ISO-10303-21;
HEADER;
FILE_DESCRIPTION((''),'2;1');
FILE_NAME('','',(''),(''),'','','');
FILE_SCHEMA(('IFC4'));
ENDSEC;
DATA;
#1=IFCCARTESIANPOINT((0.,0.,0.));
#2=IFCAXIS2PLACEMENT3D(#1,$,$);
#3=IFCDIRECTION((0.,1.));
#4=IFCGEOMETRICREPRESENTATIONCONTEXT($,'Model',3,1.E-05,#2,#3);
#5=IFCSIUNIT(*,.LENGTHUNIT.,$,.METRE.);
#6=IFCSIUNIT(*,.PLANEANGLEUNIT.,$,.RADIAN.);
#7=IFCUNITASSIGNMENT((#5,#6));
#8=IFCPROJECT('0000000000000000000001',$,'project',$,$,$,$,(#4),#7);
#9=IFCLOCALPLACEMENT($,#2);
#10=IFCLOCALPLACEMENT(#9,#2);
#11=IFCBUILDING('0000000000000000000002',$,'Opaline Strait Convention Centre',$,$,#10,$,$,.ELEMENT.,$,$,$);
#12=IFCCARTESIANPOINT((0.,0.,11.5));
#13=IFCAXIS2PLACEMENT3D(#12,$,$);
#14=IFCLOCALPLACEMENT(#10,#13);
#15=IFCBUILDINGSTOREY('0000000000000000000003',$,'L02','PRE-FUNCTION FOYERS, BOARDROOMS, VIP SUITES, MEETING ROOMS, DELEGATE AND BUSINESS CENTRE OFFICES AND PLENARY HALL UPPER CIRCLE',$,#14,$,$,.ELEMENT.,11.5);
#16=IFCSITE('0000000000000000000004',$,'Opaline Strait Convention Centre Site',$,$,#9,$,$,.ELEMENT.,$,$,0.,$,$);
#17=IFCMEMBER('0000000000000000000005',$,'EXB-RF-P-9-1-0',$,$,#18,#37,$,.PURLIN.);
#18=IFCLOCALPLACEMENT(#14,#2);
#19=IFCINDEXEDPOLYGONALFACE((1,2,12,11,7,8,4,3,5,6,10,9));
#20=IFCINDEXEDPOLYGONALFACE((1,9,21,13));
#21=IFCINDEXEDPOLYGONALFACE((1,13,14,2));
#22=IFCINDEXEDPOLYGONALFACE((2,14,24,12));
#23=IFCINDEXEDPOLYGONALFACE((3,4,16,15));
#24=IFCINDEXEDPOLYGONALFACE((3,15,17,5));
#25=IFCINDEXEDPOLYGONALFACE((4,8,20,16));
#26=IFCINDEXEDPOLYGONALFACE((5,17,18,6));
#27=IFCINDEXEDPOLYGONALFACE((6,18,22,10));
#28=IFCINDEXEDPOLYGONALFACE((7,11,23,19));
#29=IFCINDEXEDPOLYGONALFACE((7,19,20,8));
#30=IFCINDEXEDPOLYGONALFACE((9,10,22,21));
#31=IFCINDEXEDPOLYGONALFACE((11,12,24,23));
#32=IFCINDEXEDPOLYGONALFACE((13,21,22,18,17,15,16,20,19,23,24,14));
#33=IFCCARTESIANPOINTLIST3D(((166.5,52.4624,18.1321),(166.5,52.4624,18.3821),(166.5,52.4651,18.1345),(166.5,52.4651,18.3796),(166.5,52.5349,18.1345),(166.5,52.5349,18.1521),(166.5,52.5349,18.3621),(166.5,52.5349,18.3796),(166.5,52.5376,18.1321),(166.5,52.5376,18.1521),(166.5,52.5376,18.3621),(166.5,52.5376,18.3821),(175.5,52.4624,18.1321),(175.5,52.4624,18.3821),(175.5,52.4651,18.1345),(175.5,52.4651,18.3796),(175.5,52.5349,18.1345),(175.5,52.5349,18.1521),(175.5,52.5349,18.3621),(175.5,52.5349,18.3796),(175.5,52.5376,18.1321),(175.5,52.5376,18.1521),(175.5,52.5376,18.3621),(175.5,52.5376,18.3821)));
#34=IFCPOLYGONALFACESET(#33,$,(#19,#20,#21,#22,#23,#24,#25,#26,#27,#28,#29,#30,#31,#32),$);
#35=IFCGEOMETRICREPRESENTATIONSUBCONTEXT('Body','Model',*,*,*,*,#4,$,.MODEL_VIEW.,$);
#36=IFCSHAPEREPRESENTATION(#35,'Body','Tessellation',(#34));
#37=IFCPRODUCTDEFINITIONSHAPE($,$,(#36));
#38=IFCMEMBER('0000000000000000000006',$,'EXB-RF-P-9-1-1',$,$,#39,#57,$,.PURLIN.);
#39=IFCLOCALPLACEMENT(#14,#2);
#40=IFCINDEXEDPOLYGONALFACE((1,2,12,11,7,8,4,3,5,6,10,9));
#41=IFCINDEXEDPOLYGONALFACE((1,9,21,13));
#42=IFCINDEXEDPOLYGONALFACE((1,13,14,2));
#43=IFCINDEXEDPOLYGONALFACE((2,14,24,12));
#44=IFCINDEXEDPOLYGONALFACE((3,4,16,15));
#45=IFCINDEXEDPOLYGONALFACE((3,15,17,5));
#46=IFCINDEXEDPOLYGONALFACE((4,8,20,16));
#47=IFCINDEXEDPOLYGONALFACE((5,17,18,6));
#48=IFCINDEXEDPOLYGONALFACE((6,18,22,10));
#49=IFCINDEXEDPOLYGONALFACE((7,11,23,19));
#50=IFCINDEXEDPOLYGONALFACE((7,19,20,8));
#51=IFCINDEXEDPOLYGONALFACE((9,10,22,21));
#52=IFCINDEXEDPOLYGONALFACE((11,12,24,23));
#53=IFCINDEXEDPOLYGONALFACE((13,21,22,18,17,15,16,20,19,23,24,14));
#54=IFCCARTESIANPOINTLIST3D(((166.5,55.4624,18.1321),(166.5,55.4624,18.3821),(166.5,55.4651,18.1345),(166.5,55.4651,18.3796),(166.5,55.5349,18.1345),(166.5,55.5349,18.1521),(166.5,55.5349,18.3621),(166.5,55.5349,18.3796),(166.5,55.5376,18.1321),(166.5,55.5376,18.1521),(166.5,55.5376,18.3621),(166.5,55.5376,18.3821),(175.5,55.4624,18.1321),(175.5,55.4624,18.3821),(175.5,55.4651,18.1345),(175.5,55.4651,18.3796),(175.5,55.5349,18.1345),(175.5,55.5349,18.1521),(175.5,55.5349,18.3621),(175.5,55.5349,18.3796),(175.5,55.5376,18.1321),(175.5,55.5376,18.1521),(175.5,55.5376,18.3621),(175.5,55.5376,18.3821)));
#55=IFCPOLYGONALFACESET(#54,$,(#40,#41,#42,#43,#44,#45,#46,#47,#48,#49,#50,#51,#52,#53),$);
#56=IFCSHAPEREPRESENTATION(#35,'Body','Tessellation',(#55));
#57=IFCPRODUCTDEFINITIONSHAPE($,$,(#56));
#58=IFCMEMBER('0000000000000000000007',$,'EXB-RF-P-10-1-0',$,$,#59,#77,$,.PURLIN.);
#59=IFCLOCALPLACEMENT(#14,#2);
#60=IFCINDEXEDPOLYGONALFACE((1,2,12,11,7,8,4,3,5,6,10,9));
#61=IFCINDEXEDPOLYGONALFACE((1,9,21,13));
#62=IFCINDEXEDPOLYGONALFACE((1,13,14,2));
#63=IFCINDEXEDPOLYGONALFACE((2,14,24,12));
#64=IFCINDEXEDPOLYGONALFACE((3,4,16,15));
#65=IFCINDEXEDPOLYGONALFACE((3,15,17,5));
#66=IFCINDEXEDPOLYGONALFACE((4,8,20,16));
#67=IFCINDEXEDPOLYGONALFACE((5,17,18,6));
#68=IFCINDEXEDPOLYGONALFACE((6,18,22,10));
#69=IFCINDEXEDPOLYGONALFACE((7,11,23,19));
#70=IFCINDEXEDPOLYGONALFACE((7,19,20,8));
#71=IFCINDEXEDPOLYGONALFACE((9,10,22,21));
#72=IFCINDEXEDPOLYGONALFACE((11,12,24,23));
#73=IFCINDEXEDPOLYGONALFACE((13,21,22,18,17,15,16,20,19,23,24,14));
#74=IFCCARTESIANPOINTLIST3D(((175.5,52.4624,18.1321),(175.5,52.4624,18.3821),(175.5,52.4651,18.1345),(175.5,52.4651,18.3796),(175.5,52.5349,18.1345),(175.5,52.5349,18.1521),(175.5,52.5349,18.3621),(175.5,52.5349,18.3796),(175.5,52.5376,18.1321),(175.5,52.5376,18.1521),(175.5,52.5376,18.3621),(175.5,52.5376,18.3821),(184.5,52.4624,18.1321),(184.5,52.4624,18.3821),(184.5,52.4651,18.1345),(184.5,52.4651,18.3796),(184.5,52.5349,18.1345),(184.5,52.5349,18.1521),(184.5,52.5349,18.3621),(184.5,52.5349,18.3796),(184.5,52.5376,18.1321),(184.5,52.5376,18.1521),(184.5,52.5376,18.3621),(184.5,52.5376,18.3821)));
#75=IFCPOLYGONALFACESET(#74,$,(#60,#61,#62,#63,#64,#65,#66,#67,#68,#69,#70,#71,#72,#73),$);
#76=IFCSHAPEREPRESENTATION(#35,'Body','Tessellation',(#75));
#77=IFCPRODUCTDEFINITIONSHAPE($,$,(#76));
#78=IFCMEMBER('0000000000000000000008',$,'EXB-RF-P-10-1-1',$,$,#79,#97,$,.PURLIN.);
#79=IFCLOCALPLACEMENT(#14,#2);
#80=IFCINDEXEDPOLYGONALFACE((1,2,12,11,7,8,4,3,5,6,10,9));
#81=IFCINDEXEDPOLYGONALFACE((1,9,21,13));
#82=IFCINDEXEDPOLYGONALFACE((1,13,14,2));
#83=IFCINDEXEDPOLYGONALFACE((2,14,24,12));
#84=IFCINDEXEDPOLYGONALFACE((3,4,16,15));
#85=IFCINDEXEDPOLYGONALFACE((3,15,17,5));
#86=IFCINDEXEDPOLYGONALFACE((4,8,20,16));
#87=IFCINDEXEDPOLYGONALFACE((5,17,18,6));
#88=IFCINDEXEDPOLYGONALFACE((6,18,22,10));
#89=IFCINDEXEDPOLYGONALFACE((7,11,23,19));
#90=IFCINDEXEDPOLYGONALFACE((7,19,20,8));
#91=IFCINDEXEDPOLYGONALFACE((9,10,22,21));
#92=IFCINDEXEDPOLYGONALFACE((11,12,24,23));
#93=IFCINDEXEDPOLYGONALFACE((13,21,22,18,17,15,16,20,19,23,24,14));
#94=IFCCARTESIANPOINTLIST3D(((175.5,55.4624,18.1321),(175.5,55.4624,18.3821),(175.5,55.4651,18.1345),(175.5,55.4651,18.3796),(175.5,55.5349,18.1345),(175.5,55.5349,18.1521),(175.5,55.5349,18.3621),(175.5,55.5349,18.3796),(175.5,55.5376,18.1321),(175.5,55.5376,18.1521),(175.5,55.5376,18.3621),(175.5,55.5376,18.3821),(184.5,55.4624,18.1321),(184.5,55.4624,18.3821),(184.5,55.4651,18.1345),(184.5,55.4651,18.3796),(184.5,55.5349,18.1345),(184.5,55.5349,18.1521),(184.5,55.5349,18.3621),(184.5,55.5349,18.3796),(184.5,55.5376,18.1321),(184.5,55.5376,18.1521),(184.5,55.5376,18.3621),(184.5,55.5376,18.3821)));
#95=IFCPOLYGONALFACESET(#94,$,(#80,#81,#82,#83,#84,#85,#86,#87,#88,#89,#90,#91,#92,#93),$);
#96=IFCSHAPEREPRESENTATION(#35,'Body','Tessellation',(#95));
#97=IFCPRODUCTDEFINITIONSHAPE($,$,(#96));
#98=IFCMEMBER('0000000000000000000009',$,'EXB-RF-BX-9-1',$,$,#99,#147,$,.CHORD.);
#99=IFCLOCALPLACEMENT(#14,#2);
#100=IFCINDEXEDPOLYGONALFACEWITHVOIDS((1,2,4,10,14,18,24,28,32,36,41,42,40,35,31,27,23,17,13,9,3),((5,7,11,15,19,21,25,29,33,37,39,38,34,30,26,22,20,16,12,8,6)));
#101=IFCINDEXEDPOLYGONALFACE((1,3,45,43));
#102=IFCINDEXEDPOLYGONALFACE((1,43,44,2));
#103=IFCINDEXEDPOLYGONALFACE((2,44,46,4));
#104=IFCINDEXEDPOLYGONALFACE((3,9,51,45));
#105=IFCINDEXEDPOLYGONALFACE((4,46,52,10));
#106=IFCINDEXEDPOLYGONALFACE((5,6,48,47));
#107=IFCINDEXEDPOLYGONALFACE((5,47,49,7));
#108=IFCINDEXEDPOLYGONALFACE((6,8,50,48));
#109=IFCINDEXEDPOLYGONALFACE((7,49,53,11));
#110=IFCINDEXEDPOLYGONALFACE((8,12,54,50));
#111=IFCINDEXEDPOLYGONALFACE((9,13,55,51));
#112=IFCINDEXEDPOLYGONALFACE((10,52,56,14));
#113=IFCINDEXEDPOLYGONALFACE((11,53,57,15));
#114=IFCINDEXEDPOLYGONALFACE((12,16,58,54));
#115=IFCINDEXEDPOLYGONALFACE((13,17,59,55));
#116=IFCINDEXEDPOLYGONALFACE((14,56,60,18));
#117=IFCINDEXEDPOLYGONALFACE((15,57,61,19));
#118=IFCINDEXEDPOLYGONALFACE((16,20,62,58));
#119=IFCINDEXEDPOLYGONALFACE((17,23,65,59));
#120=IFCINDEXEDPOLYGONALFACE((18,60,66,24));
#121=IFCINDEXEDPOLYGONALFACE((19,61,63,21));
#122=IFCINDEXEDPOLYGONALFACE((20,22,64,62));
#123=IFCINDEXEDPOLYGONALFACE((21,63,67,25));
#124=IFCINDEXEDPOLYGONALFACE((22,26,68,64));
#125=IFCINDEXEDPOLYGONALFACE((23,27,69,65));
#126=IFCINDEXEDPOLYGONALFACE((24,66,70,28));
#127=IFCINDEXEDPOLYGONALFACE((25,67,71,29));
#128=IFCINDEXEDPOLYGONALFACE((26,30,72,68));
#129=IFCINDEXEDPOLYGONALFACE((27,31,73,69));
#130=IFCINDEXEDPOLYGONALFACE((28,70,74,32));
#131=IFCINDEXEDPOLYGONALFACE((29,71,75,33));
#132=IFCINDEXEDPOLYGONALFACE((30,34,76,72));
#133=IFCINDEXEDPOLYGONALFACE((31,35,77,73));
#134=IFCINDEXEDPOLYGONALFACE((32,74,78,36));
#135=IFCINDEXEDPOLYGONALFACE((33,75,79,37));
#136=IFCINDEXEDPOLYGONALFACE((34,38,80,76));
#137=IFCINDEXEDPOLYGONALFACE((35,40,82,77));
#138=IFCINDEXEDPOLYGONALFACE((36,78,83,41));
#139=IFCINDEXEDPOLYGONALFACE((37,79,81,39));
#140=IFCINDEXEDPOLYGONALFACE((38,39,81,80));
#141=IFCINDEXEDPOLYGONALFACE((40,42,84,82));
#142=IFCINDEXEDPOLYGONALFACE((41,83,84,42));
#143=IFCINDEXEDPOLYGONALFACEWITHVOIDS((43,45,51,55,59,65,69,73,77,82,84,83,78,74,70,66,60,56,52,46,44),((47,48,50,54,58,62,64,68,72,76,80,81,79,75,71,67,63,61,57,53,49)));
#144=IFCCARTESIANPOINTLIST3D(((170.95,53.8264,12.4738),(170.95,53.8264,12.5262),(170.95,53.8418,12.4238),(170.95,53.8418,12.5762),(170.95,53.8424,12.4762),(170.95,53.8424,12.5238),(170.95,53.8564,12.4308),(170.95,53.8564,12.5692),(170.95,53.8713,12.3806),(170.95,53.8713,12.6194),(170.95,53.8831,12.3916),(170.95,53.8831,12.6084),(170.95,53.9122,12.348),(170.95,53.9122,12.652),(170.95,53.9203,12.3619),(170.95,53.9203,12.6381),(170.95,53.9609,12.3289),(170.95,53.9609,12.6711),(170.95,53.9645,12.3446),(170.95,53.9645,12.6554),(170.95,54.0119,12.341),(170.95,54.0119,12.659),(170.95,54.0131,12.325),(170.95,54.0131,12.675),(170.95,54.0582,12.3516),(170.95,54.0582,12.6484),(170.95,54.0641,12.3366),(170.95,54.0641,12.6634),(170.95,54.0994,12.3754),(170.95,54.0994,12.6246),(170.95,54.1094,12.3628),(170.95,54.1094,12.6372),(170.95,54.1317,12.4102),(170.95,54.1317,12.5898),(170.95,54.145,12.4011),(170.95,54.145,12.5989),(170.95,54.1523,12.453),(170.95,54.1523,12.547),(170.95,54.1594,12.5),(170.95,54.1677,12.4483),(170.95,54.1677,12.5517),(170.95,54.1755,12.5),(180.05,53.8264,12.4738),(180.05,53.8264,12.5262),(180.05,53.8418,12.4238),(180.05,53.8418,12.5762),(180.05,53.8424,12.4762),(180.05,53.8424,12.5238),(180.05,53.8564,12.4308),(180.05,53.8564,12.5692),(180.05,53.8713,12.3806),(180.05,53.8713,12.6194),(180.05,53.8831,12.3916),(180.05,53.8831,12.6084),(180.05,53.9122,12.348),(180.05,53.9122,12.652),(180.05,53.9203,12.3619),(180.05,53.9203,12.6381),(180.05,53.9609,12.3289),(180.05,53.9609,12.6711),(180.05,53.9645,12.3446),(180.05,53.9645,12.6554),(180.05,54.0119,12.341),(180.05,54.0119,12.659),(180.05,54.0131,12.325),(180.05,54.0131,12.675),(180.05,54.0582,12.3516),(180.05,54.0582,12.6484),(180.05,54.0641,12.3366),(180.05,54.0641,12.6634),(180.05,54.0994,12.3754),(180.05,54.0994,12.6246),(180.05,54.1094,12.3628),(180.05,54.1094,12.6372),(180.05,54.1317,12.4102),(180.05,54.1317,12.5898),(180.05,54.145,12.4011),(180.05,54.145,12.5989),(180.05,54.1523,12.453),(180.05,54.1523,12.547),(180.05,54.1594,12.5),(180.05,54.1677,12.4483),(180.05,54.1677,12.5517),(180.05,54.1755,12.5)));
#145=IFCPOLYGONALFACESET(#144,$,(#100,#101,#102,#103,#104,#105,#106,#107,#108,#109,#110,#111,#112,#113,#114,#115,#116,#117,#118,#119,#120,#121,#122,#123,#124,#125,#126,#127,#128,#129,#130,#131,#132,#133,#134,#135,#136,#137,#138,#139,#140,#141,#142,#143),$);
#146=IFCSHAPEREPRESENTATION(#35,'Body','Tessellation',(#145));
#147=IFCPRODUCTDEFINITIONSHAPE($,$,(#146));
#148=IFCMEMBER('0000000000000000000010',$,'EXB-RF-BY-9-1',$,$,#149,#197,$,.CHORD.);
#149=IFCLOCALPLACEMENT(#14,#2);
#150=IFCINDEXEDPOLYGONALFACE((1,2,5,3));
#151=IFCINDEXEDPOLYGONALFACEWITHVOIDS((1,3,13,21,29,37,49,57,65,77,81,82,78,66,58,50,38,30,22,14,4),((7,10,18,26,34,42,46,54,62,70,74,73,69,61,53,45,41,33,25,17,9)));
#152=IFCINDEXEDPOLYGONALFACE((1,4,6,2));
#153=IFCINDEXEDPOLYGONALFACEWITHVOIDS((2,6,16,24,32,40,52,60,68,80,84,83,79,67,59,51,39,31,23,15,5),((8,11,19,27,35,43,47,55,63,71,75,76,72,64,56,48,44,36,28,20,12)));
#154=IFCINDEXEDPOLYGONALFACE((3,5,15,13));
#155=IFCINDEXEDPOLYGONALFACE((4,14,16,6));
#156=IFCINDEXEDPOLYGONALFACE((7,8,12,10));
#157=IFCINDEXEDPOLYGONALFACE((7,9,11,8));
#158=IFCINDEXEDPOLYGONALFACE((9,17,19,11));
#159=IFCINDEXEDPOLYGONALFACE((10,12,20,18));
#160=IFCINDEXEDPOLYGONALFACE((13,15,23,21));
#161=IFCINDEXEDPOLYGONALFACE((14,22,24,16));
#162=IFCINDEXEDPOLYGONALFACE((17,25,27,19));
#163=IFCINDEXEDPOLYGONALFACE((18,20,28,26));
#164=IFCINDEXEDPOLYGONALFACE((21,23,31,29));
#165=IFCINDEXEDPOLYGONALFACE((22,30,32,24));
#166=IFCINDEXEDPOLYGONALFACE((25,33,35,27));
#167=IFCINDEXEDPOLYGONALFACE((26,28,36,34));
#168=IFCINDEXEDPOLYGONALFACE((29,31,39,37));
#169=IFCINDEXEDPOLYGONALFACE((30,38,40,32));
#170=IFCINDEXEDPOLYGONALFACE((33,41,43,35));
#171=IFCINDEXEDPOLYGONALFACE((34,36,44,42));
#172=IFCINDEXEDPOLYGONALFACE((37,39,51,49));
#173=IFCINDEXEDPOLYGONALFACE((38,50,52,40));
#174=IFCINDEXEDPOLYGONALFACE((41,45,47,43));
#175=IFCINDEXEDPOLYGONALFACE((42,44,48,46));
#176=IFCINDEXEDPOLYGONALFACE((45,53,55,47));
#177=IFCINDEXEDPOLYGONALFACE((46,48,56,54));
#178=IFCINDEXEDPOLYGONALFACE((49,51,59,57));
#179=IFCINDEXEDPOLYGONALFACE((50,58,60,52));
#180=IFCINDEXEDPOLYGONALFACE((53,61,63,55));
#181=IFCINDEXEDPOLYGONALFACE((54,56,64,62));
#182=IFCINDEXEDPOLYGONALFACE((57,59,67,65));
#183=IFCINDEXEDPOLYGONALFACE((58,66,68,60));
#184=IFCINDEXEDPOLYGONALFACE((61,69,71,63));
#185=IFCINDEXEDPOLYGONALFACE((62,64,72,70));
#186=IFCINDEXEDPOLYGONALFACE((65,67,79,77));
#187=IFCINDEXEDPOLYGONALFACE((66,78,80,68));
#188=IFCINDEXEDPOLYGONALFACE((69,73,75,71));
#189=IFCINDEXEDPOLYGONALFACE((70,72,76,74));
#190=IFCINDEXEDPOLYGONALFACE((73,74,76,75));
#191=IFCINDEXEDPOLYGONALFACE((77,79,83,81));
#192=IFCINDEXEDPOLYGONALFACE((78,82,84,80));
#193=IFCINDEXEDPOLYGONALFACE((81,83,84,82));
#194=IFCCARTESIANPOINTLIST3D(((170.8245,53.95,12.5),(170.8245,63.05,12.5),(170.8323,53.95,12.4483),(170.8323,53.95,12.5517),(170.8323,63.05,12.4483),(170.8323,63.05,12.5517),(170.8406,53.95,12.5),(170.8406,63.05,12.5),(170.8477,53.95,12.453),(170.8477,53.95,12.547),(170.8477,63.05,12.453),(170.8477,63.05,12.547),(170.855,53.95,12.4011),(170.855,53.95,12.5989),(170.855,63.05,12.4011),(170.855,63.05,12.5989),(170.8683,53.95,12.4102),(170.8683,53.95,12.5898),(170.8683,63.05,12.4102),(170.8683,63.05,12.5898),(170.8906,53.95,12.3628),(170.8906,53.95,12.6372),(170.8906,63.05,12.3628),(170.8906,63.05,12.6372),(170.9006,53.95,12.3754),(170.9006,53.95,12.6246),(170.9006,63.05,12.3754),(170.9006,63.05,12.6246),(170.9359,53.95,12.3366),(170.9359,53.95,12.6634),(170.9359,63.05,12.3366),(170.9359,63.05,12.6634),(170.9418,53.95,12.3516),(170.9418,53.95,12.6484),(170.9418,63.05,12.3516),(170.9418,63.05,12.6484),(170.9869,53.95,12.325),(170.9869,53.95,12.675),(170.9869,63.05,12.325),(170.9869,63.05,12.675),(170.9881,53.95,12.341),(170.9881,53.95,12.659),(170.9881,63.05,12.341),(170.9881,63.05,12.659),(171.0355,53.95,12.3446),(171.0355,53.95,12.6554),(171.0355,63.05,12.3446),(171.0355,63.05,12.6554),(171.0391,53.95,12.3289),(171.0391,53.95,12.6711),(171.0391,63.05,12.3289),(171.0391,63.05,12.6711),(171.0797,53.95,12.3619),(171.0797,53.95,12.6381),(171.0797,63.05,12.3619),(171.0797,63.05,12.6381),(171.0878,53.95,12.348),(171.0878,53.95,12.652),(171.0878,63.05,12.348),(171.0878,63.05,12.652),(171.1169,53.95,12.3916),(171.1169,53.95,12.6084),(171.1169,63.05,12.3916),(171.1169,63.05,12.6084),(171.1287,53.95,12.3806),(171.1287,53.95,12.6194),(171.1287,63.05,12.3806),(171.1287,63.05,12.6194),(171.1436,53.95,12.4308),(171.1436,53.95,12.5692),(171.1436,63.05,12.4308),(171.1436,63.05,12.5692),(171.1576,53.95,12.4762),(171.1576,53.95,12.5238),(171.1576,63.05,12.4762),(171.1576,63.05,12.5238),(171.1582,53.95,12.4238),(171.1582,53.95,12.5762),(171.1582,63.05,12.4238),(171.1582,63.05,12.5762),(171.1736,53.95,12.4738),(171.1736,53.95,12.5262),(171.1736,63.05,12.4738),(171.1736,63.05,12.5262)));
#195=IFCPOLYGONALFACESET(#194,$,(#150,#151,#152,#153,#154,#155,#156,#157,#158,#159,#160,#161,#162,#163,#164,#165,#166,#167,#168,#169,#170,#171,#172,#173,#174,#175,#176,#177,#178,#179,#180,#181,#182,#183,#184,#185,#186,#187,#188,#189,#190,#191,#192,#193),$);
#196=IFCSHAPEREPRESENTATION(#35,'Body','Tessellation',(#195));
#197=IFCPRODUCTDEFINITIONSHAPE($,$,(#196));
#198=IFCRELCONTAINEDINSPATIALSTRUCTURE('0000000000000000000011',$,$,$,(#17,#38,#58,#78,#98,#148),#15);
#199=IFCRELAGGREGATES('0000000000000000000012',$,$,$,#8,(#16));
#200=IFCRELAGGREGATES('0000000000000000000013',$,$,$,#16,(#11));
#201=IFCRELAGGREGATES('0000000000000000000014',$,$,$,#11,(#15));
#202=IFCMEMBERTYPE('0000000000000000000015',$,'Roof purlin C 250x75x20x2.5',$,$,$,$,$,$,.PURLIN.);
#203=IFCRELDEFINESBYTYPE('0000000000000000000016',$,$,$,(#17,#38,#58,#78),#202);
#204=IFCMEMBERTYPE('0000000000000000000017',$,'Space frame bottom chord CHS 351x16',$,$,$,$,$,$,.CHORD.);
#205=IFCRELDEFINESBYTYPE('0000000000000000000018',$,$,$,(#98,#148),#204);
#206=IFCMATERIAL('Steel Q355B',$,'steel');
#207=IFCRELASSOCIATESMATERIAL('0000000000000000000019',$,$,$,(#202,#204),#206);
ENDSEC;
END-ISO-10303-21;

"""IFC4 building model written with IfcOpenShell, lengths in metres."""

from ifc_helpers import new_model, si_unit, direction, frame, origin, origin_2d, place, context, subcontext, project, spatial, polyline, hollow_circle, outline, extrude, material, material_profile, profile_set, type_object, element, save


model = new_model("IFC4")

# Units and contexts
model_context = context("Model", 3, precision=1e-05, world=origin(), true_north=direction((0.0, 1.0)))
body_context = subcontext(model_context, "Body", "Model", "MODEL_VIEW")
ifc_project = project(units=[si_unit("LENGTHUNIT", "METRE"), si_unit("PLANEANGLEUNIT", "RADIAN")], contexts=[model_context])

# Site, building, storey
site_placement = place(None, origin())
site = spatial("IfcSite", under=ifc_project, at=site_placement, Name="Opaline Strait Convention Centre Site", CompositionType="ELEMENT", RefElevation=0.0)
building_placement = place(site_placement, origin())
building = spatial("IfcBuilding", under=site, at=building_placement, Name="Opaline Strait Convention Centre", CompositionType="ELEMENT")
storey_placement = place(building_placement, frame((0.0, 0.0, 11.5)))
storey = spatial("IfcBuildingStorey", under=building, at=storey_placement, Name="L02", Description="PRE-FUNCTION FOYERS, BOARDROOMS, VIP SUITES, MEETING ROOMS, DELEGATE AND BUSINESS CENTRE OFFICES AND PLENARY HALL UPPER CIRCLE", CompositionType="ELEMENT", Elevation=11.5)

# Members
ifc_material_1 = material(Name="Steel Q355B", Category="steel")
ifc_material_profile_1 = material_profile(ifc_material_1, outline(polyline([(-0.0376, -0.125), (0.0376, -0.125), (0.0376, -0.105), (0.0349, -0.105), (0.0349, -0.1226), (-0.0349, -0.1226), (-0.0349, 0.1226), (0.0349, 0.1226), (0.0349, 0.105), (0.0376, 0.105), (0.0376, 0.125), (-0.0376, 0.125), (-0.0376, -0.125)])), Name="C 250x75x20x2.5")
ifc_profile_set_1 = profile_set([ifc_material_profile_1], Name="Steel Q355B")
member_type_1 = type_object("IfcMemberType", Name="Roof purlin C 250x75x20x2.5", PredefinedType="PURLIN", material=ifc_profile_set_1)
for number, where, z_axis, x_axis, name in (
    (1, (166.5, 52.5, 18.2571), (1.0, 0.0, 0.0), (0.0, 1.0, 0.0), "EXB-RF-P-9-1-0"),
    (2, (166.5, 55.5, 18.2571), (1.0, 0.0, 0.0), (0.0, 1.0, 0.0), "EXB-RF-P-9-1-1"),
    (3, (175.5, 52.5, 18.2571), (1.0, 0.0, 0.0), (0.0, 1.0, 0.0), "EXB-RF-P-10-1-0"),
    (4, (175.5, 55.5, 18.2571), (1.0, 0.0, 0.0), (0.0, 1.0, 0.0), "EXB-RF-P-10-1-1"),
):
    element("IfcMember", number, at=place(storey_placement, frame(where, z_axis=z_axis, x_axis=x_axis)), inside=storey, type_object=member_type_1, Name=name, PredefinedType="PURLIN", context=body_context, shape_type="SweptSolid", body=[
        extrude(outline(polyline([(-0.0376, -0.125), (0.0376, -0.125), (0.0376, -0.105), (0.0349, -0.105), (0.0349, -0.1226), (-0.0349, -0.1226), (-0.0349, 0.1226), (0.0349, 0.1226), (0.0349, 0.105), (0.0376, 0.105), (0.0376, 0.125), (-0.0376, 0.125), (-0.0376, -0.125)])), origin(), (0.0, 0.0, 1.0), 9.0),
    ])
ifc_material_profile_2 = material_profile(ifc_material_1, hollow_circle(Radius=0.1755, WallThickness=0.0161, at=origin_2d()), Name="CHS 351x16")
ifc_profile_set_2 = profile_set([ifc_material_profile_2], Name="Steel Q355B")
member_type_2 = type_object("IfcMemberType", Name="Space frame bottom chord CHS 351x16", PredefinedType="CHORD", material=ifc_profile_set_2)
for number, where, z_axis, x_axis, name in (
    (5, (170.95, 54.0, 12.5), (1.0, 0.0, 0.0), (0.0, 1.0, 0.0), "EXB-RF-BX-9-1"),
    (6, (171.0, 53.95, 12.5), (0.0, 1.0, 0.0), (-1.0, 0.0, 0.0), "EXB-RF-BY-9-1"),
):
    element("IfcMember", number, at=place(storey_placement, frame(where, z_axis=z_axis, x_axis=x_axis)), inside=storey, type_object=member_type_2, Name=name, PredefinedType="CHORD", context=body_context, shape_type="SweptSolid", body=[
        extrude(hollow_circle(Radius=0.1755, WallThickness=0.0161, at=origin_2d()), origin(), (0.0, 0.0, 1.0), 9.1001),
    ])

save(model, "model.ifc")
